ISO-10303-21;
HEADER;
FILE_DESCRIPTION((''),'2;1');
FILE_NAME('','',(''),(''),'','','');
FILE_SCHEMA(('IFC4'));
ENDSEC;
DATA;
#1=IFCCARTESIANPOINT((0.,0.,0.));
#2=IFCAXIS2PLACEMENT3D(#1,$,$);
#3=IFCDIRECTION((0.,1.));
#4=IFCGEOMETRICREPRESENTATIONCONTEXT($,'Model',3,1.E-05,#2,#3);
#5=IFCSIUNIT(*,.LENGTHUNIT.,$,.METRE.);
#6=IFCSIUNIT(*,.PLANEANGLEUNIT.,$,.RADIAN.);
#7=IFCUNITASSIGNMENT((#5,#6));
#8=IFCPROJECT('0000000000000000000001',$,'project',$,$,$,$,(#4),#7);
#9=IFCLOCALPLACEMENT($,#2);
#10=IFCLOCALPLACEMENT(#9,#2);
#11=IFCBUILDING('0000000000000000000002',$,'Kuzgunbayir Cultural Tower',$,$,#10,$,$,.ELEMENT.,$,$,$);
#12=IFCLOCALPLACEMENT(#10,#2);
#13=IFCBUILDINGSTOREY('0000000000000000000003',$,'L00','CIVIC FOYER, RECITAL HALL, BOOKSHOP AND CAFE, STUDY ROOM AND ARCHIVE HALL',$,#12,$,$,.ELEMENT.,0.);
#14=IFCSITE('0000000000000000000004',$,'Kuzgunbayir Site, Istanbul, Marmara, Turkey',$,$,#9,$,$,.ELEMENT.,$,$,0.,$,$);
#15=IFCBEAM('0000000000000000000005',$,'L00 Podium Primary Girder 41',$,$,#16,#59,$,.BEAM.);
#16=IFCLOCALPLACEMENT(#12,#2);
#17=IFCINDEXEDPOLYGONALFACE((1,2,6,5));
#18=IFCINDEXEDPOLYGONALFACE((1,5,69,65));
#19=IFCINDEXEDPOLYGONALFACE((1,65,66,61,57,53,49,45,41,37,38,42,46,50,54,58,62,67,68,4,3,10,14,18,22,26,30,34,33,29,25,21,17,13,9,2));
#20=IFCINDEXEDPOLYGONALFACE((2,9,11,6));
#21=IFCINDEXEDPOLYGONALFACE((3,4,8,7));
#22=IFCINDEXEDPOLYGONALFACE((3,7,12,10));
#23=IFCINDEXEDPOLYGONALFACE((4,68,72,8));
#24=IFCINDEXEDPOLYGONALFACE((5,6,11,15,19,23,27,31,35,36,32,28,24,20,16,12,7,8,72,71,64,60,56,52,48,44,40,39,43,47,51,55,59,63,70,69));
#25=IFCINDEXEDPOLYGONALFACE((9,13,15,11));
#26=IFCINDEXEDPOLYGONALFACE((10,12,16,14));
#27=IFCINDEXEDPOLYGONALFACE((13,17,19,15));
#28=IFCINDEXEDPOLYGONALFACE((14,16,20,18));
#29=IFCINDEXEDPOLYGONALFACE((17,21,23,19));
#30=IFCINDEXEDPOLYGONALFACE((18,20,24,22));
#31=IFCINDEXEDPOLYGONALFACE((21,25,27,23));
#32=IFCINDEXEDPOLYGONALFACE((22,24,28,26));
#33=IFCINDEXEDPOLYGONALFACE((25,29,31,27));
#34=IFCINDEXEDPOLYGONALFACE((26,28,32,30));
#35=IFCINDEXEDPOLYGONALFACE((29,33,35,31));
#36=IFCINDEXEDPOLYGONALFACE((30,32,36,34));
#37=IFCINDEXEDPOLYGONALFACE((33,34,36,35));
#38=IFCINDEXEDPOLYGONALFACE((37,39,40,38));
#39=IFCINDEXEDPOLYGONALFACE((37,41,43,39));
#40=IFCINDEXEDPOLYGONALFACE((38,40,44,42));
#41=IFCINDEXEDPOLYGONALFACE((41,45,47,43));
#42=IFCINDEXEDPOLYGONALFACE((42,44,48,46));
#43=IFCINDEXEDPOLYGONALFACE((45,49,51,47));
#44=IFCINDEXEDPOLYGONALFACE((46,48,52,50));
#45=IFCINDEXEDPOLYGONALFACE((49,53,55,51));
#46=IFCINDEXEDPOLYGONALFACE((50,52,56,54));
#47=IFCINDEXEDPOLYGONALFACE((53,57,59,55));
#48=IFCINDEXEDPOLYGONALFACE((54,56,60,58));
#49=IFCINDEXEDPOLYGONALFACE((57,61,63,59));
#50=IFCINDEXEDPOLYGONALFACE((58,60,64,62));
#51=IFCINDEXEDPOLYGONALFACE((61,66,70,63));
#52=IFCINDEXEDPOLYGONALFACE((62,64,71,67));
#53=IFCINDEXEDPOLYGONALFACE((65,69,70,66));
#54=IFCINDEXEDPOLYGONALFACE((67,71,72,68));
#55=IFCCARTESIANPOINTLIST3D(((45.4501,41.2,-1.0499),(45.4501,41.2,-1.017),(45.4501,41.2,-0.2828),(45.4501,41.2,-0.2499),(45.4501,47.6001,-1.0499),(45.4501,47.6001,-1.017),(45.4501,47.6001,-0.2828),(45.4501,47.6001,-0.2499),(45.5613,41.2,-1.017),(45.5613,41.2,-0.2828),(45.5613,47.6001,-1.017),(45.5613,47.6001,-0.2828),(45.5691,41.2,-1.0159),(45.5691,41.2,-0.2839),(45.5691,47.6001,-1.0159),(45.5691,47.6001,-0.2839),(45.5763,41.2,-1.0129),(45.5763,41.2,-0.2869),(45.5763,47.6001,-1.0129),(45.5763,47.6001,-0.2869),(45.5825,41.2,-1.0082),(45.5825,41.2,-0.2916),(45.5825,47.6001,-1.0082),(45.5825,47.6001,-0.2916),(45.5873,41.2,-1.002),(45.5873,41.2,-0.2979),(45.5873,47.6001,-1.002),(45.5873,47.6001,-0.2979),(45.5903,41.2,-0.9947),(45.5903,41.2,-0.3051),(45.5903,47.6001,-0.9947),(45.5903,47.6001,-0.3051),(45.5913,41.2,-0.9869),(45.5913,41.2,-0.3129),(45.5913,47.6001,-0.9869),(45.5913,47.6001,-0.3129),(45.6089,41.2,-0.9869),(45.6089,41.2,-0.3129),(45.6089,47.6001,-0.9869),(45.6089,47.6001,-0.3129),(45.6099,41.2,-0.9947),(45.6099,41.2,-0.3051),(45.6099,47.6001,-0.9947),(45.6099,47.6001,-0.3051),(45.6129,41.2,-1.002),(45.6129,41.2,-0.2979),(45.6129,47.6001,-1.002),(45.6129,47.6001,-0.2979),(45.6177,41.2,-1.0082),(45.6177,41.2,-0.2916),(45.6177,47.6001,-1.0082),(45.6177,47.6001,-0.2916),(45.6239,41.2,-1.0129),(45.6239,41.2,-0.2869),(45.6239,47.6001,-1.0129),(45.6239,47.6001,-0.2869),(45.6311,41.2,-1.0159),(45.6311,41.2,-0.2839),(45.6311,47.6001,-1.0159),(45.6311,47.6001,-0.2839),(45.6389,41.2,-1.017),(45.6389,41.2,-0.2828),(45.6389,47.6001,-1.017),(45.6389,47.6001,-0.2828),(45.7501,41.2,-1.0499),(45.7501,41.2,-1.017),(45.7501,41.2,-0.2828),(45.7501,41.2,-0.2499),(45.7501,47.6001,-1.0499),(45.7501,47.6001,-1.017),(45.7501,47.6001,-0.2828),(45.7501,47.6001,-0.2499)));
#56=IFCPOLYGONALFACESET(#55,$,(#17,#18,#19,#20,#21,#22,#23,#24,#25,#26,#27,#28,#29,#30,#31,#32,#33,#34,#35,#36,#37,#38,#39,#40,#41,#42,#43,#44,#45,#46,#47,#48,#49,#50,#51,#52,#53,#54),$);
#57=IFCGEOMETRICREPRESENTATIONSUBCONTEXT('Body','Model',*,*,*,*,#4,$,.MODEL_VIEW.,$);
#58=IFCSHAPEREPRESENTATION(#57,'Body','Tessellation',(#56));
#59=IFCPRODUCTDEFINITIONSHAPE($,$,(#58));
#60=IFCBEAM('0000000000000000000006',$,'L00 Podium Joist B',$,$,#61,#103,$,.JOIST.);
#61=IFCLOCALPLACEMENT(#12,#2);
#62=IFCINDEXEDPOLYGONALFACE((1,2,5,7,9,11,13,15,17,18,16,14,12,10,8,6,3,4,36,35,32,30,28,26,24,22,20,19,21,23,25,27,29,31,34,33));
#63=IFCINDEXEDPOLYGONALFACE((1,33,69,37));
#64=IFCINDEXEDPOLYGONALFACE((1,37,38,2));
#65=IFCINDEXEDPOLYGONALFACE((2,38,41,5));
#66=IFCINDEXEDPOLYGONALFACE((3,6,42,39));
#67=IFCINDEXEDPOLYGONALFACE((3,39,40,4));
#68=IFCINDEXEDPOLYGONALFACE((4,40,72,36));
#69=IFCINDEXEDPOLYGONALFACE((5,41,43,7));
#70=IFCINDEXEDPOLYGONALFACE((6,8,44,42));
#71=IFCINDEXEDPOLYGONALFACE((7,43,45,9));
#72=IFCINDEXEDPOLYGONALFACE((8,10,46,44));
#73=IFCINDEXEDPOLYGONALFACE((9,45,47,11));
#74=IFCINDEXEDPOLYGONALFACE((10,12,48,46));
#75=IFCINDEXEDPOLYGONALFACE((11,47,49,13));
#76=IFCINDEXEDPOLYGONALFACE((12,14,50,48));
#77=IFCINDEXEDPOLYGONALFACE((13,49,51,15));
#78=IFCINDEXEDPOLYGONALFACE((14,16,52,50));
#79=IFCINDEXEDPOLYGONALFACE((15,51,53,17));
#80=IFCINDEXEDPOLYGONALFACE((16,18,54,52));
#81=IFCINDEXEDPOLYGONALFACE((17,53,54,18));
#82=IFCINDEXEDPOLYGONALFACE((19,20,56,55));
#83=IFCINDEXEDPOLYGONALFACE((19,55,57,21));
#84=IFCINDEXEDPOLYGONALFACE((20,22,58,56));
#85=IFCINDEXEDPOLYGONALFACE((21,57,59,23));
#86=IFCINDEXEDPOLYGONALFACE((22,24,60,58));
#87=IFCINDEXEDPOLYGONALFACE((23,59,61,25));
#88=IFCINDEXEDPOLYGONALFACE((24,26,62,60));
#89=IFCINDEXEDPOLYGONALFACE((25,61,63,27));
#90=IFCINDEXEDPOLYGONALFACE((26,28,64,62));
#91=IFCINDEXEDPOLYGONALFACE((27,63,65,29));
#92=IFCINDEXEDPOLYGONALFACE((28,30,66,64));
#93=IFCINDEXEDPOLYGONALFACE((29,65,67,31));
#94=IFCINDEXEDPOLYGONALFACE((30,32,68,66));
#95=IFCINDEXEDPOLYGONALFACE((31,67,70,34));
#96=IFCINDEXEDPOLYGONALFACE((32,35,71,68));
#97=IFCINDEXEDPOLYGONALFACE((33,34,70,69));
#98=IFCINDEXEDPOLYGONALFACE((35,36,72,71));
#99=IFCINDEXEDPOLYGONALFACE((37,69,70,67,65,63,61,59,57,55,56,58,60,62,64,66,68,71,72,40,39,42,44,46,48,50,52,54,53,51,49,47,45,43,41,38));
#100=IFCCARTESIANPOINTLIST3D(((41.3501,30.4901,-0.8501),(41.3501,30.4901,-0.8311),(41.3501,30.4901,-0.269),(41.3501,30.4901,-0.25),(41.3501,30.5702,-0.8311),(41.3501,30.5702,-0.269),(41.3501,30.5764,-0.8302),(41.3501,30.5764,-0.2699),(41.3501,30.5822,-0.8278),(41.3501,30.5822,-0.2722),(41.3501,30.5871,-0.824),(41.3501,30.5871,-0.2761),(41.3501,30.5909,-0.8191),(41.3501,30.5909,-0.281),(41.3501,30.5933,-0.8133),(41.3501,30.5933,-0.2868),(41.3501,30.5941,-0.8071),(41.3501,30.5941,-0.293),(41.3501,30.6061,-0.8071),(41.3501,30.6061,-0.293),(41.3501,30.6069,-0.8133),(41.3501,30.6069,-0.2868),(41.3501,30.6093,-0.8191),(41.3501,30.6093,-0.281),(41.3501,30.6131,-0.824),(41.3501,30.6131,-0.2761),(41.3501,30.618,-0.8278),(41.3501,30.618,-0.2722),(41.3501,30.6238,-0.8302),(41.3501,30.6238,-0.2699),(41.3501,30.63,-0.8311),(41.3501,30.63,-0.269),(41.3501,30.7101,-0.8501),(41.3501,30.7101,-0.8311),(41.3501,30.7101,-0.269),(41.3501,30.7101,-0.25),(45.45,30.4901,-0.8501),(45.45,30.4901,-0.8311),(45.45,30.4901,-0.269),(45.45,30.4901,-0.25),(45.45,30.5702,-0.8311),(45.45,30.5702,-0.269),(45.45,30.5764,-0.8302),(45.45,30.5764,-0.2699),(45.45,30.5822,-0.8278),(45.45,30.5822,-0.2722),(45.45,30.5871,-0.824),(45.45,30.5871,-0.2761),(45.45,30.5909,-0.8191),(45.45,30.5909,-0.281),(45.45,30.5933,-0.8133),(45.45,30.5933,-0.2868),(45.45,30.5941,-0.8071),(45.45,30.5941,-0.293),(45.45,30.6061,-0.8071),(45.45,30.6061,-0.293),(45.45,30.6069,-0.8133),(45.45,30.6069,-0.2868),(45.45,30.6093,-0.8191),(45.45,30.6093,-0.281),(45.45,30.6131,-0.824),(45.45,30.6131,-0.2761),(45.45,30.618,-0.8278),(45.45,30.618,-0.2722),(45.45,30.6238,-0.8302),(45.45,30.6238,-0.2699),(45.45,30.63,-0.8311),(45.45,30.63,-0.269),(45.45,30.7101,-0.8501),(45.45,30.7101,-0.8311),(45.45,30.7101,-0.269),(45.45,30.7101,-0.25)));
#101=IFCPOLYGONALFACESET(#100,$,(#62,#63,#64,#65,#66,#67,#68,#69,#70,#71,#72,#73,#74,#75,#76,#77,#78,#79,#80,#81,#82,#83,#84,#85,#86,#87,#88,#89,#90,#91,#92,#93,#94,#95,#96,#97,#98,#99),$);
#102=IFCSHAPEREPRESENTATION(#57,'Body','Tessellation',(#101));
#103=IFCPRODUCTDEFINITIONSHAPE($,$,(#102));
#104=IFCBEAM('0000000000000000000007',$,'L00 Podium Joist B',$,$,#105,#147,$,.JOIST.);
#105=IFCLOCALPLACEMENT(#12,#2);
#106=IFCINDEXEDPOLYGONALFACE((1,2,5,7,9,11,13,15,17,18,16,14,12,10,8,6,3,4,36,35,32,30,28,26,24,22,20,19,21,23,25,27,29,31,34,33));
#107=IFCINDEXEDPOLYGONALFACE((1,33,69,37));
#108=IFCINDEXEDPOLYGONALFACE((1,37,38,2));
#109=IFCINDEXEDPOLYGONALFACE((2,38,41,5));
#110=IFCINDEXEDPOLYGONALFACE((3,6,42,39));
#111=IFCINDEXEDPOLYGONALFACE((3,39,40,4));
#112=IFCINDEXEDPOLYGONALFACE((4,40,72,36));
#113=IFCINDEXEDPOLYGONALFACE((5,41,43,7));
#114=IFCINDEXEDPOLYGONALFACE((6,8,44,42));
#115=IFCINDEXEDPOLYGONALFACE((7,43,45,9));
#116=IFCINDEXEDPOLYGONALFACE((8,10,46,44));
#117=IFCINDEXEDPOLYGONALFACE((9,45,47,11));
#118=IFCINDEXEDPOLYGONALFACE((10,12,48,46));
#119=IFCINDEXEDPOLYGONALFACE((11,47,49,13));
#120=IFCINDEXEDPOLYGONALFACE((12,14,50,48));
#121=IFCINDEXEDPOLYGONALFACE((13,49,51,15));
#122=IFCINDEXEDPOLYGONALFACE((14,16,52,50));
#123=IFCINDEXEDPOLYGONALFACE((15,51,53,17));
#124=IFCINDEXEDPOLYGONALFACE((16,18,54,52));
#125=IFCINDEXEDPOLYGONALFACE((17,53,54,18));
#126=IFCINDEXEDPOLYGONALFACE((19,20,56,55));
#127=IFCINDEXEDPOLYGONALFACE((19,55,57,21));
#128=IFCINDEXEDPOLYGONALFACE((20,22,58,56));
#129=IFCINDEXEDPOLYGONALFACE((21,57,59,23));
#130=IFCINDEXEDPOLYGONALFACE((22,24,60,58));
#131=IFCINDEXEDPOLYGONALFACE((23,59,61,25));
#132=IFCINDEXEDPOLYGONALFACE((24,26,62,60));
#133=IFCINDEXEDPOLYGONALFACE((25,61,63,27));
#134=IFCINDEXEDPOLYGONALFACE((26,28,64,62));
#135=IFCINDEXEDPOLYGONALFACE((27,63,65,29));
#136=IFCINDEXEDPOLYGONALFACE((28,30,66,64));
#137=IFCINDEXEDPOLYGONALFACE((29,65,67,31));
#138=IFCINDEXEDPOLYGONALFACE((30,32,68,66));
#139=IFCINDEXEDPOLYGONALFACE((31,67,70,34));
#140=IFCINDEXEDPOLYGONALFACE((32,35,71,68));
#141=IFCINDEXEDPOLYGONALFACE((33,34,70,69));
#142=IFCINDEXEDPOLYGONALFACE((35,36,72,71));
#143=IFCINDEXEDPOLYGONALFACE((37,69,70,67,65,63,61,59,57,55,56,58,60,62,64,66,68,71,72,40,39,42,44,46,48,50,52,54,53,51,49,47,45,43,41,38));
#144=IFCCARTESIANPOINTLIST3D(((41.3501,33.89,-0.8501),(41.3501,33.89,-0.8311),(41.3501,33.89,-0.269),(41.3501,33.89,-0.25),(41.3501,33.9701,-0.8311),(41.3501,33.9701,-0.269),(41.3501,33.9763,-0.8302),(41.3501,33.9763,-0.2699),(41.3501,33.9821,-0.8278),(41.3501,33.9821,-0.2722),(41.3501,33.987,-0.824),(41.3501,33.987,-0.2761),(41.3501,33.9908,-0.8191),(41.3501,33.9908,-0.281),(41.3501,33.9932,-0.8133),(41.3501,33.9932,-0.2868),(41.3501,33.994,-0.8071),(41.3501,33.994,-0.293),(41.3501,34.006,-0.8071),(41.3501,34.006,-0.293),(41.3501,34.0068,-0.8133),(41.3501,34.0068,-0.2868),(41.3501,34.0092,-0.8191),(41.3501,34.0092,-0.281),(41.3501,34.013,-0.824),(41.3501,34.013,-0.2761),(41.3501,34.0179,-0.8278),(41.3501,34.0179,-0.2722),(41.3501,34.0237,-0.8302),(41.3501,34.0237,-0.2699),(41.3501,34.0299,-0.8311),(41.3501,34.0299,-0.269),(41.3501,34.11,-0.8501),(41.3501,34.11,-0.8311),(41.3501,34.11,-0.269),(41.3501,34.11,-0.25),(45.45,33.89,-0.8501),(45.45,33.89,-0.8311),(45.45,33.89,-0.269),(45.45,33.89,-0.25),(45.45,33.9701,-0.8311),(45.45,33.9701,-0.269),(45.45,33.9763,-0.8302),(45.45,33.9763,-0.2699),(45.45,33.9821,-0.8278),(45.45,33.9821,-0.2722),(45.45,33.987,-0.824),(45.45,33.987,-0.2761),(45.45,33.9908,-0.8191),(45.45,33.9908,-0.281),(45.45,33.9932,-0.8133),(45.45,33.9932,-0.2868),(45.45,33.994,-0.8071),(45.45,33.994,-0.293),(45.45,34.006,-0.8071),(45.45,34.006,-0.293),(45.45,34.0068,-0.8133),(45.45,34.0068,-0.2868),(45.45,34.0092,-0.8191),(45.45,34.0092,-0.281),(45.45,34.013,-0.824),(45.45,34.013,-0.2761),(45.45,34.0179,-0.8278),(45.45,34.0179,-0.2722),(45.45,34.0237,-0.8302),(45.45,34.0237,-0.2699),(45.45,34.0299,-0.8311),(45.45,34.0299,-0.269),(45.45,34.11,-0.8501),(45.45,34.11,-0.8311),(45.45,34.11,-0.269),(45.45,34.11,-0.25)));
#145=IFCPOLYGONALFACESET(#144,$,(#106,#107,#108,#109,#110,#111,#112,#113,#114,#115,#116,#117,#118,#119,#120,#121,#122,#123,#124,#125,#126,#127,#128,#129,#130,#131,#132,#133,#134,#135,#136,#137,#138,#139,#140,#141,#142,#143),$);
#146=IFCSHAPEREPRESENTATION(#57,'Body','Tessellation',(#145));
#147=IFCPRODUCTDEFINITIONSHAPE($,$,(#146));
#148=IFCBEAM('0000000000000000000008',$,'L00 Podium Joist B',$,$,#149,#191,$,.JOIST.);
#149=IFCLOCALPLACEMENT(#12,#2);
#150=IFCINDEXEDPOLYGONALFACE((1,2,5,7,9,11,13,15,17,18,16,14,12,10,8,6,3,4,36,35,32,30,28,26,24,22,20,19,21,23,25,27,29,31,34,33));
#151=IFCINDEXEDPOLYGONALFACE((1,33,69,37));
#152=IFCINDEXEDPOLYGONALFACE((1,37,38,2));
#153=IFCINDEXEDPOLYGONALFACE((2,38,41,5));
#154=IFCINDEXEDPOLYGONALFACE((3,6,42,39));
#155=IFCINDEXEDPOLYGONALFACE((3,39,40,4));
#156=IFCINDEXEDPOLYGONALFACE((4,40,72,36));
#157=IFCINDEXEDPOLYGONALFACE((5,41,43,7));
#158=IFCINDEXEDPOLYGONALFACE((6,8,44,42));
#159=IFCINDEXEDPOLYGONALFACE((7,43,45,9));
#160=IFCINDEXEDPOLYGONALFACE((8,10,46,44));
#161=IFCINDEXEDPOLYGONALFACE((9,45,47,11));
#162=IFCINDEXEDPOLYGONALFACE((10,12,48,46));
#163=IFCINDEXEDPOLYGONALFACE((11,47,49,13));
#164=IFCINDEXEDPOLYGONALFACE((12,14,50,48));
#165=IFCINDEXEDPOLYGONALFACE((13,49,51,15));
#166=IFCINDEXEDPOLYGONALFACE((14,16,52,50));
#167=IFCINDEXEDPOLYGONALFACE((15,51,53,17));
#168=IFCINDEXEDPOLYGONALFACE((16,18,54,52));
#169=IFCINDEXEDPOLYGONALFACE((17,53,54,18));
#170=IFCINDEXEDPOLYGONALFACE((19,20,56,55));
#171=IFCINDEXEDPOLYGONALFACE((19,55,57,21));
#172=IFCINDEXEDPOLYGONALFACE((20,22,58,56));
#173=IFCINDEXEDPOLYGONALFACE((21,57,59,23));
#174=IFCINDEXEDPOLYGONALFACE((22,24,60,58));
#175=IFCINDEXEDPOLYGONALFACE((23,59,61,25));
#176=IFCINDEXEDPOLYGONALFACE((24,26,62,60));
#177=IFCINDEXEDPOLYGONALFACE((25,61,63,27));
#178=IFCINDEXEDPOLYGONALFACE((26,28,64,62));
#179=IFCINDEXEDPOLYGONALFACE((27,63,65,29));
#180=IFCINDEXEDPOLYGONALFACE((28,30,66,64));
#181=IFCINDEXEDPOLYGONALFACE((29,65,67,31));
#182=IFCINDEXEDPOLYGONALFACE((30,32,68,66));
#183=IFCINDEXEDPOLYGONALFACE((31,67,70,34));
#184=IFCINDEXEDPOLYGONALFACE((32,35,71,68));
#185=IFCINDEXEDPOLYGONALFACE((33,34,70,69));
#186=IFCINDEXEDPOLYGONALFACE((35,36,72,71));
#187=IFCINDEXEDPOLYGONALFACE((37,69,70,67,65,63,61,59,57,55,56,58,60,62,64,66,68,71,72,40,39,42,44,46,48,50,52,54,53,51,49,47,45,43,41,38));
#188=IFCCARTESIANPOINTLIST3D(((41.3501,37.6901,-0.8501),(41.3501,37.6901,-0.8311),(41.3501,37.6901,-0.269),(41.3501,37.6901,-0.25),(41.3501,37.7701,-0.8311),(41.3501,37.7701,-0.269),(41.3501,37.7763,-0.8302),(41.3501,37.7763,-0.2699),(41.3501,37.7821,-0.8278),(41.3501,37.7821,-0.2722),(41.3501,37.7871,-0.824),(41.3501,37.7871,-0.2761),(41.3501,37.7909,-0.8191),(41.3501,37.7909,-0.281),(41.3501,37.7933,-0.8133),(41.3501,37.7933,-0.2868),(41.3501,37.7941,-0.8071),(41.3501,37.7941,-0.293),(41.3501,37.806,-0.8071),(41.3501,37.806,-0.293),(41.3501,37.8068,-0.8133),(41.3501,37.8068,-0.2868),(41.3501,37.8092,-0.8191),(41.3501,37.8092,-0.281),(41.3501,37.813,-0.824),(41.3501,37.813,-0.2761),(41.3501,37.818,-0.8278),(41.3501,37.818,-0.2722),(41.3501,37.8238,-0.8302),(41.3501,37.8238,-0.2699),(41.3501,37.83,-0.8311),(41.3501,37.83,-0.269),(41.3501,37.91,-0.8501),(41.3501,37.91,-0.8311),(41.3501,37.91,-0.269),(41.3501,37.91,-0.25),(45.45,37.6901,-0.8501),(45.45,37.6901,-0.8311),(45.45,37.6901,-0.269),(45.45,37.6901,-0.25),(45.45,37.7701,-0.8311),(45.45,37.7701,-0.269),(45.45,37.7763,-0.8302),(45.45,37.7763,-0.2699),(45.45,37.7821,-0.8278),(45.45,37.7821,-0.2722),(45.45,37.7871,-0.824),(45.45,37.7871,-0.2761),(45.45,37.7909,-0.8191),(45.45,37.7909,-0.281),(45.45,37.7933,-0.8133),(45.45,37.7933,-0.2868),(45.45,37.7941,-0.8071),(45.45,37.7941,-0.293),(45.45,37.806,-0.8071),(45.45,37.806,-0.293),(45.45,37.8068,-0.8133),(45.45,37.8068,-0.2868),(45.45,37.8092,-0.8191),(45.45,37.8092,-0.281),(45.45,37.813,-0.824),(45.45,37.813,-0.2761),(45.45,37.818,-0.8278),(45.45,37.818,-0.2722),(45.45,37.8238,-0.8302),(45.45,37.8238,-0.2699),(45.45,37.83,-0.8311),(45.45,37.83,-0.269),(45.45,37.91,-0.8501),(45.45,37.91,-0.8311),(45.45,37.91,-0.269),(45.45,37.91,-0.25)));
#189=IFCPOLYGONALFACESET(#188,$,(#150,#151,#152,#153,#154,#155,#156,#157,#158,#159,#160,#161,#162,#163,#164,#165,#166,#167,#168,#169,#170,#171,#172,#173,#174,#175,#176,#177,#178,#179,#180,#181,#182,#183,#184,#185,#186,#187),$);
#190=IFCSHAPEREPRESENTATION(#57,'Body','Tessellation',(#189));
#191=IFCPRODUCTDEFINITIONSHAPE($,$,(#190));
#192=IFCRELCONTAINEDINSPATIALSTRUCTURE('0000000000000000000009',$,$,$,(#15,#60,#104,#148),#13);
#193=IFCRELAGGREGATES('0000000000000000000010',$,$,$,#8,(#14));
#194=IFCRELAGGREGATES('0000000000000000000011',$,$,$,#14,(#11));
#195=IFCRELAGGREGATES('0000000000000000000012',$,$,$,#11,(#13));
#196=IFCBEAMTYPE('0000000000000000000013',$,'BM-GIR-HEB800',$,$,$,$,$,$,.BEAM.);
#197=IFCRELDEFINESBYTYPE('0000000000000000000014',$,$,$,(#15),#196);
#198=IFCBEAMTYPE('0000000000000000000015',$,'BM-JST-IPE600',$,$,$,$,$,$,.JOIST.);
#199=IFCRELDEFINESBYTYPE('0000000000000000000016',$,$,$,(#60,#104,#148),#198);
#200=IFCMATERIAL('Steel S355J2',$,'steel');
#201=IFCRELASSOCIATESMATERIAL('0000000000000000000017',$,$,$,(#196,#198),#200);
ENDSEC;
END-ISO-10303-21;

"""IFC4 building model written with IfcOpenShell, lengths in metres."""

from ifc_helpers import new_model, si_unit, direction, frame, origin, origin_2d, place, context, subcontext, project, spatial, i_section, extrude, material, material_profile, profile_set, type_object, element, save


model = new_model("IFC4")

# Units and contexts
model_context = context("Model", 3, precision=1e-05, world=origin(), true_north=direction((0.0, 1.0)))
body_context = subcontext(model_context, "Body", "Model", "MODEL_VIEW")
ifc_project = project(units=[si_unit("LENGTHUNIT", "METRE"), si_unit("PLANEANGLEUNIT", "RADIAN")], contexts=[model_context])

# Site, building, storey
site_placement = place(None, origin())
site = spatial("IfcSite", under=ifc_project, at=site_placement, Name="Kuzgunbayir Site, Istanbul, Marmara, Turkey", CompositionType="ELEMENT", RefElevation=0.0)
building_placement = place(site_placement, origin())
building = spatial("IfcBuilding", under=site, at=building_placement, Name="Kuzgunbayir Cultural Tower", CompositionType="ELEMENT")
storey_placement = place(building_placement, origin())
storey = spatial("IfcBuildingStorey", under=building, at=storey_placement, Name="L00", Description="CIVIC FOYER, RECITAL HALL, BOOKSHOP AND CAFE, STUDY ROOM AND ARCHIVE HALL", CompositionType="ELEMENT", Elevation=0.0)

# Beams
ifc_material_1 = material(Name="Steel S355J2", Category="steel")
ifc_material_profile_1 = material_profile(ifc_material_1, i_section(OverallWidth=0.3, OverallDepth=0.8, WebThickness=0.0176, FlangeThickness=0.033, FilletRadius=0.03, at=origin_2d()), Name="HEB 800")
ifc_profile_set_1 = profile_set([ifc_material_profile_1], Name="Steel S355J2")
beam_type_1 = type_object("IfcBeamType", Name="BM-GIR-HEB800", PredefinedType="BEAM", material=ifc_profile_set_1)
beam_1_placement = place(storey_placement, frame((45.6001, 41.2, -0.6499), z_axis=(0.0, 1.0, 0.0), x_axis=(-1.0, 0.0, 0.0)))
element("IfcBeam", 1, at=beam_1_placement, inside=storey, type_object=beam_type_1, Name="L00 Podium Primary Girder 41", PredefinedType="BEAM", context=body_context, shape_type="SweptSolid", body=[
    extrude(i_section(OverallWidth=0.3, OverallDepth=0.8, WebThickness=0.0176, FlangeThickness=0.033, FilletRadius=0.03, at=origin_2d()), origin(), (0.0, 0.0, 1.0), 6.4001),
])
ifc_material_profile_2 = material_profile(ifc_material_1, i_section(OverallWidth=0.22, OverallDepth=0.6001, WebThickness=0.012, FlangeThickness=0.019, FilletRadius=0.0239, at=origin_2d()), Name="IPE 600")
ifc_profile_set_2 = profile_set([ifc_material_profile_2], Name="Steel S355J2")
beam_type_2 = type_object("IfcBeamType", Name="BM-JST-IPE600", PredefinedType="JOIST", material=ifc_profile_set_2)
for number, where, z_axis, x_axis, name in (
    (2, (41.3501, 30.6001, -0.55), (1.0, 0.0, 0.0), (0.0, 1.0, 0.0), "L00 Podium Joist B"),
    (3, (41.3501, 34.0, -0.55), (1.0, 0.0, 0.0), (0.0, 1.0, 0.0), "L00 Podium Joist B"),
    (4, (41.3501, 37.8, -0.55), (1.0, 0.0, 0.0), (0.0, 1.0, 0.0), "L00 Podium Joist B"),
):
    element("IfcBeam", number, at=place(storey_placement, frame(where, z_axis=z_axis, x_axis=x_axis)), inside=storey, type_object=beam_type_2, Name=name, PredefinedType="JOIST", context=body_context, shape_type="SweptSolid", body=[
        extrude(i_section(OverallWidth=0.22, OverallDepth=0.6001, WebThickness=0.012, FlangeThickness=0.019, FilletRadius=0.0239, at=origin_2d()), origin(), (0.0, 0.0, 1.0), 4.0999),
    ])

save(model, "model.ifc")
